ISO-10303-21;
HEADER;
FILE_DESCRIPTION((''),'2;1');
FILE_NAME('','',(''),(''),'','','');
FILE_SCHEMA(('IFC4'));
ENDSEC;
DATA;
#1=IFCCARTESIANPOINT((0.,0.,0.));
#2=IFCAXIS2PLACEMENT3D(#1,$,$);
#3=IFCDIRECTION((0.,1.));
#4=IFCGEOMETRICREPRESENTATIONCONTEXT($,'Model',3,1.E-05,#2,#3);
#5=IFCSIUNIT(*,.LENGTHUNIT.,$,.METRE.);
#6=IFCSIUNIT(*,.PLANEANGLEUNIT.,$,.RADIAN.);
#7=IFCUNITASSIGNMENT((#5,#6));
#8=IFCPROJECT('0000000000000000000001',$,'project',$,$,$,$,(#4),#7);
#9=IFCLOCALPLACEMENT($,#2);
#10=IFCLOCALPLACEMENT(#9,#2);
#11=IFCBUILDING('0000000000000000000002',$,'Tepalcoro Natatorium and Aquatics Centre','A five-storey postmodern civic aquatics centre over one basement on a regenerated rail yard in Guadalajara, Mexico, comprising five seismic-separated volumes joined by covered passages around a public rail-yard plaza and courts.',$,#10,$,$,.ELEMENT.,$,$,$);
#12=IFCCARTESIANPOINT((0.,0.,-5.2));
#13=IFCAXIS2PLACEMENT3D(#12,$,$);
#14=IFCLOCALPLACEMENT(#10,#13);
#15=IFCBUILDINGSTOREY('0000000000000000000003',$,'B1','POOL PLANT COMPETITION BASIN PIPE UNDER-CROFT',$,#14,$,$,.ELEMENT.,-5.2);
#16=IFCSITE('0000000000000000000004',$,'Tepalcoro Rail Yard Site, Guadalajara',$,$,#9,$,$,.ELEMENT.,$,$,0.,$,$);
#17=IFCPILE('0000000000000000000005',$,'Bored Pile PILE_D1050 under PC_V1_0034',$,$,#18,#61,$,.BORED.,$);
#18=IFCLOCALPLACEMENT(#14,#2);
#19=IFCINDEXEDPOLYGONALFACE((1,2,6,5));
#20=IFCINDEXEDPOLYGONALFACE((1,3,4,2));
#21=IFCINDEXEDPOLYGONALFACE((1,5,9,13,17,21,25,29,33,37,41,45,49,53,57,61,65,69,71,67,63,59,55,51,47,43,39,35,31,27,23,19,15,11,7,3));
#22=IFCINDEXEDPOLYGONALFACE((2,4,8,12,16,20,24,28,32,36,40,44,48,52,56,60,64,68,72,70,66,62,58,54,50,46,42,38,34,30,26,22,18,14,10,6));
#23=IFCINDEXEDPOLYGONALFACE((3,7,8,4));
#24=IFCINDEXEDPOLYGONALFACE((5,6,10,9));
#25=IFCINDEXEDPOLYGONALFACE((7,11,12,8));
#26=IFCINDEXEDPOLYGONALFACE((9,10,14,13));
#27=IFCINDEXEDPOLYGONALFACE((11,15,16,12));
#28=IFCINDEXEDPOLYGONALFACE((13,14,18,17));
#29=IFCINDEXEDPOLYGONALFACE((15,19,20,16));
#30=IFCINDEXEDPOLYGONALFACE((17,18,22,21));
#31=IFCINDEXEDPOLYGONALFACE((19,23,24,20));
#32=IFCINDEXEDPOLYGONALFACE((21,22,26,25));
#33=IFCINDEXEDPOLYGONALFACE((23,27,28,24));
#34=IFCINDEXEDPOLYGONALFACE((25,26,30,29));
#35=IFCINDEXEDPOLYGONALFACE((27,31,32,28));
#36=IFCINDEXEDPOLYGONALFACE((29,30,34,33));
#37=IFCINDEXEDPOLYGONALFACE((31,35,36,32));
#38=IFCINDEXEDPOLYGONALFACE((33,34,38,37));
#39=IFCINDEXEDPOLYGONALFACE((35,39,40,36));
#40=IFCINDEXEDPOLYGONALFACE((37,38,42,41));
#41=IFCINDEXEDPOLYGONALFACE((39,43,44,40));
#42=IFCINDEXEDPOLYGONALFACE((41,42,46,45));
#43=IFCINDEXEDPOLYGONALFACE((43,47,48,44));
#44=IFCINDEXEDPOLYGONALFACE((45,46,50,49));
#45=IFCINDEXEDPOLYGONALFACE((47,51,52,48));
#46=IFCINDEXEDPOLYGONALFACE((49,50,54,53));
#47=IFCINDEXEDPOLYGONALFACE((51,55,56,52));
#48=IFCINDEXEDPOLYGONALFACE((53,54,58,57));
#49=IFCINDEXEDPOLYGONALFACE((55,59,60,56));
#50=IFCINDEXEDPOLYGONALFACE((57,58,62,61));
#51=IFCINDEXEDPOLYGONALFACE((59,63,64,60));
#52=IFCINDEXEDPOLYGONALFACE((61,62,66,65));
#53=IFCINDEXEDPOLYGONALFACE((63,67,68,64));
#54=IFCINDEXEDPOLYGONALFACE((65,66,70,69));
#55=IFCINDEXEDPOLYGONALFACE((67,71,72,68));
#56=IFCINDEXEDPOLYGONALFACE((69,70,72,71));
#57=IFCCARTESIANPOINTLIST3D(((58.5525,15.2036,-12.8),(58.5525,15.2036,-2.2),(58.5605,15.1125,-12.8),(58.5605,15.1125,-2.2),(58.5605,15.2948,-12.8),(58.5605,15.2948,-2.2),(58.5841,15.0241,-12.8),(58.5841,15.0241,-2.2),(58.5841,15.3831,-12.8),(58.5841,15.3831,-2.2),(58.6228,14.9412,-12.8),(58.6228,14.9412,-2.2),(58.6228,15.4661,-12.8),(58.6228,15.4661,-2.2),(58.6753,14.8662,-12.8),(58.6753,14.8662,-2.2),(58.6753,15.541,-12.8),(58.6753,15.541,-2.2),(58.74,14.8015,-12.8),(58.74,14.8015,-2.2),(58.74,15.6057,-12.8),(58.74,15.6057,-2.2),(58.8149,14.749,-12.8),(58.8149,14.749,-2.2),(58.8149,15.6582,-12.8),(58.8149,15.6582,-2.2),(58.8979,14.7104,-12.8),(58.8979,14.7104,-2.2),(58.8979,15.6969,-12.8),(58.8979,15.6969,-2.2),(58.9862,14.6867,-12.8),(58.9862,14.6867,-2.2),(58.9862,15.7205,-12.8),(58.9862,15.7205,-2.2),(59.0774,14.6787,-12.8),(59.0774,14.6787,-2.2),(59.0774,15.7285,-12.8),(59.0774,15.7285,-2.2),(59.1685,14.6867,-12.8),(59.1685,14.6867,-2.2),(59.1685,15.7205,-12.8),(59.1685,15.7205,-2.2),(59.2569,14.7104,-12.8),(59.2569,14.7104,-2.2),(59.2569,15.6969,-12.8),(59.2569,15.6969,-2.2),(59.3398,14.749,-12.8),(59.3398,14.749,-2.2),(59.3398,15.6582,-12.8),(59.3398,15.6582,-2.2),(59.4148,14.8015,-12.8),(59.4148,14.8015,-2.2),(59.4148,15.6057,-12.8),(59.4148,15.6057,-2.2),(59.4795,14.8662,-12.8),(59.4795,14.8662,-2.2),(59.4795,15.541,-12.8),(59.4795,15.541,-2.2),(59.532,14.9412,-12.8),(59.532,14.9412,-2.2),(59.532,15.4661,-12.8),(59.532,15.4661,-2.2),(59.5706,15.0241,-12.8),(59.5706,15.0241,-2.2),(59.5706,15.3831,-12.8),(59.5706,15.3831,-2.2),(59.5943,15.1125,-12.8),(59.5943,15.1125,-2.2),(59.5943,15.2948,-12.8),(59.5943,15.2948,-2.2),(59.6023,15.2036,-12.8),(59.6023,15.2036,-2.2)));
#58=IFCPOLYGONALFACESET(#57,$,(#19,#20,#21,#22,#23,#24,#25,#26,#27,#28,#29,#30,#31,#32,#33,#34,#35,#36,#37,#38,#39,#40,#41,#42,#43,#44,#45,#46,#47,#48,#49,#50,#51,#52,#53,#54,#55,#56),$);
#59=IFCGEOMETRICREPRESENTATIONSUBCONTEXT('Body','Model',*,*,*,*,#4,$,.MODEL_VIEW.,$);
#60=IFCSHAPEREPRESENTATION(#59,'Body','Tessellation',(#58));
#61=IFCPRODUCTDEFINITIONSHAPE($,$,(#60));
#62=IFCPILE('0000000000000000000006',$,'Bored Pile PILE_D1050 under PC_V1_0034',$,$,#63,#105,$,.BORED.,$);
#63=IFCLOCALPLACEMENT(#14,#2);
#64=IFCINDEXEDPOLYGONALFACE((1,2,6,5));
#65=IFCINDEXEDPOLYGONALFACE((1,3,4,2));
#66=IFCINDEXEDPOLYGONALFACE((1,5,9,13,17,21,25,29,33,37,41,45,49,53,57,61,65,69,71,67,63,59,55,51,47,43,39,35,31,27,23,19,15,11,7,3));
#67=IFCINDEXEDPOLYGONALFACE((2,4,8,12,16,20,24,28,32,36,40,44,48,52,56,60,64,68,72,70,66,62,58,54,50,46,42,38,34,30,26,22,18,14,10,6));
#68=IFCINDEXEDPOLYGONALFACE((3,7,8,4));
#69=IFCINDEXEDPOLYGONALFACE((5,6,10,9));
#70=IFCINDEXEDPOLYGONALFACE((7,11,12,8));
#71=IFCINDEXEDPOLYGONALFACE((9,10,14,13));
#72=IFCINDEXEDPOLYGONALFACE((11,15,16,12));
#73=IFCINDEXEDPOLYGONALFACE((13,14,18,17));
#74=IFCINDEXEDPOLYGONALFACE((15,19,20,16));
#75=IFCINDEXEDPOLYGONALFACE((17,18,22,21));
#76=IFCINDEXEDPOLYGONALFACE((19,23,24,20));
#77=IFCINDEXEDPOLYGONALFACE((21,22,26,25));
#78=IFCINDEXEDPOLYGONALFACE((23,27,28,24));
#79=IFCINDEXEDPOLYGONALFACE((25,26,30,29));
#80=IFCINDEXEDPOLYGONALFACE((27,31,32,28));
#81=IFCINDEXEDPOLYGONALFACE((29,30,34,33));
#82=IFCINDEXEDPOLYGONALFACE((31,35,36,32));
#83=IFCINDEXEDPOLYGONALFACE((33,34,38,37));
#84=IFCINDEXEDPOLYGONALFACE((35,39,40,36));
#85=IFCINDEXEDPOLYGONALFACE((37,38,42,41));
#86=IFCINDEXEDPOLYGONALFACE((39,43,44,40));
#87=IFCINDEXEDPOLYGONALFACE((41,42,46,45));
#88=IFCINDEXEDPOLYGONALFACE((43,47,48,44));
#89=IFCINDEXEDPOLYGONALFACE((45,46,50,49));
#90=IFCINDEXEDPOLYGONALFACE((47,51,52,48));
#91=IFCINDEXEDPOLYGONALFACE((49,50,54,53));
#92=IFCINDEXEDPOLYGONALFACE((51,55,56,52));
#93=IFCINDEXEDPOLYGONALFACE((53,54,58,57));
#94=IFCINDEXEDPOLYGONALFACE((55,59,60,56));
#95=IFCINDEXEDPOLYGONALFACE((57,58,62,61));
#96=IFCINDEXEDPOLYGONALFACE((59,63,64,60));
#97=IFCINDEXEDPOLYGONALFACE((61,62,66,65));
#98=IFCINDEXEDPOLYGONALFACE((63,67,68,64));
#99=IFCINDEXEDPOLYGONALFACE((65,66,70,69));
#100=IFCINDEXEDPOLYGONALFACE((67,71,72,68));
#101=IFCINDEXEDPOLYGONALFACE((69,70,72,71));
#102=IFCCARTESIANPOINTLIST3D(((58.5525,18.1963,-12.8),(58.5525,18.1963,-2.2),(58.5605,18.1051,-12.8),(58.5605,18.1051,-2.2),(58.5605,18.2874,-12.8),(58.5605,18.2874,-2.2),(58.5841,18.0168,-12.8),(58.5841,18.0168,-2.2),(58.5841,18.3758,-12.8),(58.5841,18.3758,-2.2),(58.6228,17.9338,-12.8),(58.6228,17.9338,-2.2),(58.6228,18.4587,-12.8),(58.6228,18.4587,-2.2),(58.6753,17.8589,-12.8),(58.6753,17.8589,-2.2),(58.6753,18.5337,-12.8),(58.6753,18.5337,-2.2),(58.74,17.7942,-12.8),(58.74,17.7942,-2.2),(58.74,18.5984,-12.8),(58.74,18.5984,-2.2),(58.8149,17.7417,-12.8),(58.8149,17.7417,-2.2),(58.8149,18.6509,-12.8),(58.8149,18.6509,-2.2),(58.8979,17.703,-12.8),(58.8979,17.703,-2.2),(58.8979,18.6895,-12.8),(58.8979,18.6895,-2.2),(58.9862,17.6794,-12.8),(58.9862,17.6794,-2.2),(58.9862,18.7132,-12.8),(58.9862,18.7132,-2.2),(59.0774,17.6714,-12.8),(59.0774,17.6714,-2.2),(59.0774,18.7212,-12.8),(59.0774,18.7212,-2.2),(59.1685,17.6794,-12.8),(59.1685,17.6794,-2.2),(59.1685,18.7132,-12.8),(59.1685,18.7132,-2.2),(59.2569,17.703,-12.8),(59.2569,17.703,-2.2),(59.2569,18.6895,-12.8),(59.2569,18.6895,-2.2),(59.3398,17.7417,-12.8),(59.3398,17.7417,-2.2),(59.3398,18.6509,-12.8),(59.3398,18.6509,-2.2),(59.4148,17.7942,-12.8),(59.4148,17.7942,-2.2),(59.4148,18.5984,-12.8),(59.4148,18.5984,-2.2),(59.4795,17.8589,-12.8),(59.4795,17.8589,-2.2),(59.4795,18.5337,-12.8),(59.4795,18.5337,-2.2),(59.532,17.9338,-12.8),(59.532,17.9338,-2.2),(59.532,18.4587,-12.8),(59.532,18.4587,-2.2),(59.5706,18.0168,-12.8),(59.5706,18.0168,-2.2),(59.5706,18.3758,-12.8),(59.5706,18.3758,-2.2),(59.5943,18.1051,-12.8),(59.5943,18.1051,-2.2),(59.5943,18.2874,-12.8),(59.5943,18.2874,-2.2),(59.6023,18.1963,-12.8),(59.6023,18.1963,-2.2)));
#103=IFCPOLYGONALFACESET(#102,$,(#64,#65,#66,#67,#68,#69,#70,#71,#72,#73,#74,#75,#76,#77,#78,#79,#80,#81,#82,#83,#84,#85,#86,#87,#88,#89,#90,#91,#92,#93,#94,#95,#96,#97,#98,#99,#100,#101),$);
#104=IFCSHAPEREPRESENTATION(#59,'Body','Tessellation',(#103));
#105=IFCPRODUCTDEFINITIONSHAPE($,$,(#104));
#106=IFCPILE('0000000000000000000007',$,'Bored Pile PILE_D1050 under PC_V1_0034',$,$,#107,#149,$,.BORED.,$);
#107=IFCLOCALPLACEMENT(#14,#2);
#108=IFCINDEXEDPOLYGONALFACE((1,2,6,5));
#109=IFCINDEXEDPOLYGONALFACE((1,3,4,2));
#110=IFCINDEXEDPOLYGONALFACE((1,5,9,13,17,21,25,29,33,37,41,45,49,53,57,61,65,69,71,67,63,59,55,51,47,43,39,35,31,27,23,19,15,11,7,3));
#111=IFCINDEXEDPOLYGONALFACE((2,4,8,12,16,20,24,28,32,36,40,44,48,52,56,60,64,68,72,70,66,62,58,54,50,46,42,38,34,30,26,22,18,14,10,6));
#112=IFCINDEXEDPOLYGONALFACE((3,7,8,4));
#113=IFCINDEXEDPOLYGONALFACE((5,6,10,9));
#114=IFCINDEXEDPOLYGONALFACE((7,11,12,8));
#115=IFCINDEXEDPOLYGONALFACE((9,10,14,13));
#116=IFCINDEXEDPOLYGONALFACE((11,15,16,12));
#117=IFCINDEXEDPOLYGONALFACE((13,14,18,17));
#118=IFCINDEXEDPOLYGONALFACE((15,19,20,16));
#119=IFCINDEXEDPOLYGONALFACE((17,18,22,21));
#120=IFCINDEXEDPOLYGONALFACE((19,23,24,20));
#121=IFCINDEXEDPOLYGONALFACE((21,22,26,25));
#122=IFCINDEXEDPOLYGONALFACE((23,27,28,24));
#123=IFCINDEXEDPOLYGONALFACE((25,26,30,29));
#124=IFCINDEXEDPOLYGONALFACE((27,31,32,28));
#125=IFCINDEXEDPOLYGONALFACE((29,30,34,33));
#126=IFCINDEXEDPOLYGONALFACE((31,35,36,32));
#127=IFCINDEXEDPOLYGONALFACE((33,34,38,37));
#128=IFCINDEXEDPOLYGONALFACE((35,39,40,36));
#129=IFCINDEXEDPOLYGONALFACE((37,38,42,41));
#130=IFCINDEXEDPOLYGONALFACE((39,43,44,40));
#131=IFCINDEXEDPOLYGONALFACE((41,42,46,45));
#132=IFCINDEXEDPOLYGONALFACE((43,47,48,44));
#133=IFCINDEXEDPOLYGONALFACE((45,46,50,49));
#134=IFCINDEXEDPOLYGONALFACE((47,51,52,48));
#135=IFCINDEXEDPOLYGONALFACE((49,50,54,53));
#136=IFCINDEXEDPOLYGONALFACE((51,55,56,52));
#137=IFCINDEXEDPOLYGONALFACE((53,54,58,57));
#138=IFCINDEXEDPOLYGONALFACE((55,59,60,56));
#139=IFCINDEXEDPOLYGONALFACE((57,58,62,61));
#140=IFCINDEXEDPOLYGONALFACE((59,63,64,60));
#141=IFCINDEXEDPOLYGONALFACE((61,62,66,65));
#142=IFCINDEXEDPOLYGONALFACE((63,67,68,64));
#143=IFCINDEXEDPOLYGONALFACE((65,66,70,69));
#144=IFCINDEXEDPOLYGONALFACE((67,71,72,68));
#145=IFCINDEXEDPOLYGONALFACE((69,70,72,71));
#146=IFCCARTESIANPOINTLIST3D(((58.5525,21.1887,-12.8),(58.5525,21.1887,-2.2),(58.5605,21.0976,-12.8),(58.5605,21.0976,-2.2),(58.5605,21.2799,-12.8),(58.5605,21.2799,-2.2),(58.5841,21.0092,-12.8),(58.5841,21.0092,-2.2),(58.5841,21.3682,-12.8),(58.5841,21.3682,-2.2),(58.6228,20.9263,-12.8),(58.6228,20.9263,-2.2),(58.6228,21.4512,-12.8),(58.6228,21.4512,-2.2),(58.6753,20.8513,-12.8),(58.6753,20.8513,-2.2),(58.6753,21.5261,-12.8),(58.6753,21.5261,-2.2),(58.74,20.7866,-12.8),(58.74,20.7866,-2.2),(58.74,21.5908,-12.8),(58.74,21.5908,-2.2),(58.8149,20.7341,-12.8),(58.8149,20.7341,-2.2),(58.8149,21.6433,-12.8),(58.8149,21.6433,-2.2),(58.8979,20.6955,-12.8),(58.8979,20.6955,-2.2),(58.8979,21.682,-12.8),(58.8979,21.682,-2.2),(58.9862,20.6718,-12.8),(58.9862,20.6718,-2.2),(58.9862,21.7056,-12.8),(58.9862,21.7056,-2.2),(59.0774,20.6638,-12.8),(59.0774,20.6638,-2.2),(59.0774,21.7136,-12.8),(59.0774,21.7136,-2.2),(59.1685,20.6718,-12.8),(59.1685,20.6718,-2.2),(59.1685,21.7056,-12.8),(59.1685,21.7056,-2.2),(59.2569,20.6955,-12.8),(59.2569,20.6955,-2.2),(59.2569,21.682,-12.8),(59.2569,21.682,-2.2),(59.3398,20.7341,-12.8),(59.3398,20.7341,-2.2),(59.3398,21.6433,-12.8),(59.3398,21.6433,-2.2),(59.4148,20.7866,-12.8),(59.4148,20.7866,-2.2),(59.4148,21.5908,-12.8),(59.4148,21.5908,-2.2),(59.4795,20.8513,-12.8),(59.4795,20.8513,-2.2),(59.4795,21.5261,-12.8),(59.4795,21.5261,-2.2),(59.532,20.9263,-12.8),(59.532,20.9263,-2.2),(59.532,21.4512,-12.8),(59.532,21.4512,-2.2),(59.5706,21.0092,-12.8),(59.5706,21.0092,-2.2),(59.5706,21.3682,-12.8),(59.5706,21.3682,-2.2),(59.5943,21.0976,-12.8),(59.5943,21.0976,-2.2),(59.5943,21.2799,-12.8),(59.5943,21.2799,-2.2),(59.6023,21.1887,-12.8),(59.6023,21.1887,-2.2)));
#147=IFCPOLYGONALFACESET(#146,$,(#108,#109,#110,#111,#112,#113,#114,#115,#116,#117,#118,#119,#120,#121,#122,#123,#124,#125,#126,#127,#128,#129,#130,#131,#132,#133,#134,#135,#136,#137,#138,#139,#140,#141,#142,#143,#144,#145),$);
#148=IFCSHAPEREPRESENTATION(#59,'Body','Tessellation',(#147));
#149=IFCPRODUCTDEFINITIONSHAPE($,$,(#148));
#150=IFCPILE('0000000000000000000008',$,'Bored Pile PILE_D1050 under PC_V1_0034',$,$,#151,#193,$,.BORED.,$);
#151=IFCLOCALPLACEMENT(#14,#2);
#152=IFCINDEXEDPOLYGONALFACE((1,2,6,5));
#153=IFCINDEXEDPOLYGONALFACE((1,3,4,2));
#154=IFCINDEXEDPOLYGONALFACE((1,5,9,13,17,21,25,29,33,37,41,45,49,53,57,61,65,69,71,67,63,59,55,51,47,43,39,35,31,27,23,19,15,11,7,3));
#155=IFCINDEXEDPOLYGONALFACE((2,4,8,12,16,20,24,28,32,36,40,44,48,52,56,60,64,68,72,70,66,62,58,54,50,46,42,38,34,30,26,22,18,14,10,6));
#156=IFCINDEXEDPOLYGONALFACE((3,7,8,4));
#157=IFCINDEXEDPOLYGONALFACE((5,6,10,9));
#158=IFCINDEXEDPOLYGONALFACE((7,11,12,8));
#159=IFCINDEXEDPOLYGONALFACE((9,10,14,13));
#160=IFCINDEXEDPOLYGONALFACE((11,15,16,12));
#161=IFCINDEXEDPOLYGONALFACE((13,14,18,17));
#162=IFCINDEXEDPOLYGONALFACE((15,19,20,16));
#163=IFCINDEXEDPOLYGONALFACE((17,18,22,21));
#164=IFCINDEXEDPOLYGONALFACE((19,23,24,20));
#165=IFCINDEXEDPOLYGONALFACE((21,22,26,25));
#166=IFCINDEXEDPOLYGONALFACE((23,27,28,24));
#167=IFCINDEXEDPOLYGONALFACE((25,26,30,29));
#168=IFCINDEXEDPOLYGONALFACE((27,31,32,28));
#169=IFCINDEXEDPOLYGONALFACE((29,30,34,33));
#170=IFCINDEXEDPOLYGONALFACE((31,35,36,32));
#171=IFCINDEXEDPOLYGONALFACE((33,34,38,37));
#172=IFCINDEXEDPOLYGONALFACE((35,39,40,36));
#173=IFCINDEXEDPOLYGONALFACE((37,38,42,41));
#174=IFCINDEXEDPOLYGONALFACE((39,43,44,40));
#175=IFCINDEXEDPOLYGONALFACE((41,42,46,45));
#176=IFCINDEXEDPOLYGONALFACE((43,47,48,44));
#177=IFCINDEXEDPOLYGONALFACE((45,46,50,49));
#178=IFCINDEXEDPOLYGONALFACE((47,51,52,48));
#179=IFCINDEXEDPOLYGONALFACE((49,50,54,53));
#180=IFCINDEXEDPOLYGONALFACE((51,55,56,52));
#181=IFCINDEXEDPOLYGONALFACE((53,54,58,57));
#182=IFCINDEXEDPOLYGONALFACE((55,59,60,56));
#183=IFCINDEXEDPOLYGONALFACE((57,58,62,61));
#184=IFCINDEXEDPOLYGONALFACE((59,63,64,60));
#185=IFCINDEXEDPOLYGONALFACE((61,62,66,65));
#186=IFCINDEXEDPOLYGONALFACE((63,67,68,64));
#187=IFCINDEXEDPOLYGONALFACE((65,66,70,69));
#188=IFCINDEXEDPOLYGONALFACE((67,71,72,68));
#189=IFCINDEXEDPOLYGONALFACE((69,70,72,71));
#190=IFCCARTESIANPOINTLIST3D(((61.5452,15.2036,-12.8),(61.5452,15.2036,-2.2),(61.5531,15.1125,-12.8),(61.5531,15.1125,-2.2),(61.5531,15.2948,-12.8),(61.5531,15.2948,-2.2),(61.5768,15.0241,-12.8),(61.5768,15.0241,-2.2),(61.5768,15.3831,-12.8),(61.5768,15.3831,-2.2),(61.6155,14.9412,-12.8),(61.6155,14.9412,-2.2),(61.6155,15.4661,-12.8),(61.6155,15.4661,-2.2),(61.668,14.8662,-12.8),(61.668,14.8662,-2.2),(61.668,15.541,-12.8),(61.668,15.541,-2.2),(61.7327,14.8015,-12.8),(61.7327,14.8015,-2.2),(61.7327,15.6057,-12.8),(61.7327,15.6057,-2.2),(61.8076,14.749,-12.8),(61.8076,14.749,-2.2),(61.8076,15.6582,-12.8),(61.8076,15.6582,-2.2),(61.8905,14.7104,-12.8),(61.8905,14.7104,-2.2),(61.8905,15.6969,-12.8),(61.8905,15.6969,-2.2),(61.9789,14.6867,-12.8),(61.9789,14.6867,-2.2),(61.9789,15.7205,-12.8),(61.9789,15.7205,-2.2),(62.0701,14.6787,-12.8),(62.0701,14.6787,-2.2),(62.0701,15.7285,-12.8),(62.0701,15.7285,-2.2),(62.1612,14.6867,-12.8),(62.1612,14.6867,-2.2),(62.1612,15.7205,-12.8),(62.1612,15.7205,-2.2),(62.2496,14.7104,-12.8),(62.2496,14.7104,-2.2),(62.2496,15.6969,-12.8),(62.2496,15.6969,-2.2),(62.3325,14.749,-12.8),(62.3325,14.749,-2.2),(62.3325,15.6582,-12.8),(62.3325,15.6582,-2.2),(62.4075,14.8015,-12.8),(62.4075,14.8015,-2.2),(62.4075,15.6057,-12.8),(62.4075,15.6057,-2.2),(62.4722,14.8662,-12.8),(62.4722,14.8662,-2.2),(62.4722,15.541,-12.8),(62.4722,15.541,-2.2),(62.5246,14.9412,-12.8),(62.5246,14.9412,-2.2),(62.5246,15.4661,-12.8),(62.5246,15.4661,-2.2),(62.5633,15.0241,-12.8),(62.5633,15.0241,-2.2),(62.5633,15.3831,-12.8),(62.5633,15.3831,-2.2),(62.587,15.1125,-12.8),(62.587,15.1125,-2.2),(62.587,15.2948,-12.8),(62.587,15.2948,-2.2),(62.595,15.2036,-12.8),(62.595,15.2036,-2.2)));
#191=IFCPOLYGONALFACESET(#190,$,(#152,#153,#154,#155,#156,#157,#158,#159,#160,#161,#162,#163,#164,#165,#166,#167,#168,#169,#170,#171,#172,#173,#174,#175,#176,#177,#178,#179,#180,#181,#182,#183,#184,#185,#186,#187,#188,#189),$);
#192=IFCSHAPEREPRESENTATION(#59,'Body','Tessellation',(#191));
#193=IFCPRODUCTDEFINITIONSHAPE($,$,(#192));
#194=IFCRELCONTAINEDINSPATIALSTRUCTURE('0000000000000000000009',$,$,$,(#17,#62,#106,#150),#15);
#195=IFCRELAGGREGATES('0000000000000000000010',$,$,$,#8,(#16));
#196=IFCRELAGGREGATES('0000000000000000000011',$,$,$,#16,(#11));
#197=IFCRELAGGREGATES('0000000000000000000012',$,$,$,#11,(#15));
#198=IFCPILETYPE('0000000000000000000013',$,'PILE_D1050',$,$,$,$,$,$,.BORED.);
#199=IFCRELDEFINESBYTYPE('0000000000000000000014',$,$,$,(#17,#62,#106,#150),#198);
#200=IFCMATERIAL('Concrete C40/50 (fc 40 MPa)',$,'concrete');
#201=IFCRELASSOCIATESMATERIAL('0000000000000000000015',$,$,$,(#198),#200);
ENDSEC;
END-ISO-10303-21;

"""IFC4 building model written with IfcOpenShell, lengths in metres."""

from ifc_helpers import new_model, si_unit, direction, frame, origin, origin_2d, place, context, subcontext, project, spatial, circle, extrude, material, material_profile, profile_set, type_object, element, save


model = new_model("IFC4")

# Units and contexts
model_context = context("Model", 3, precision=1e-05, world=origin(), true_north=direction((0.0, 1.0)))
body_context = subcontext(model_context, "Body", "Model", "MODEL_VIEW")
ifc_project = project(units=[si_unit("LENGTHUNIT", "METRE"), si_unit("PLANEANGLEUNIT", "RADIAN")], contexts=[model_context])

# Site, building, storey
site_placement = place(None, origin())
site = spatial("IfcSite", under=ifc_project, at=site_placement, Name="Tepalcoro Rail Yard Site, Guadalajara", CompositionType="ELEMENT", RefElevation=0.0)
building_placement = place(site_placement, origin())
building = spatial("IfcBuilding", under=site, at=building_placement, Name="Tepalcoro Natatorium and Aquatics Centre", Description="A five-storey postmodern civic aquatics centre over one basement on a regenerated rail yard in Guadalajara, Mexico, comprising five seismic-separated volumes joined by covered passages around a public rail-yard plaza and courts.", CompositionType="ELEMENT")
storey_placement = place(building_placement, frame((0.0, 0.0, -5.2)))
storey = spatial("IfcBuildingStorey", under=building, at=storey_placement, Name="B1", Description="POOL PLANT COMPETITION BASIN PIPE UNDER-CROFT", CompositionType="ELEMENT", Elevation=-5.2)

# Piles
ifc_material_1 = material(Name="Concrete C40/50 (fc 40 MPa)", Category="concrete")
ifc_material_profile_1 = material_profile(ifc_material_1, circle(Radius=0.5249, at=origin_2d()), Name="PILE_D1050")
ifc_profile_set_1 = profile_set([ifc_material_profile_1], Name="Concrete C40/50 (fc 40 MPa)")
pile_type_1 = type_object("IfcPileType", Name="PILE_D1050", PredefinedType="BORED", material=ifc_profile_set_1)
for number, where, z_axis, x_axis, name in (
    (1, (59.0774, 15.2036, -2.2), (0.0, 0.0, -1.0), (1.0, 0.0, 0.0), "Bored Pile PILE_D1050 under PC_V1_0034"),
    (2, (59.0774, 18.1963, -2.2), (0.0, 0.0, -1.0), (1.0, 0.0, 0.0), "Bored Pile PILE_D1050 under PC_V1_0034"),
    (3, (59.0774, 21.1887, -2.2), (0.0, 0.0, -1.0), (1.0, 0.0, 0.0), "Bored Pile PILE_D1050 under PC_V1_0034"),
    (4, (62.0701, 15.2036, -2.2), (0.0, 0.0, -1.0), (1.0, 0.0, 0.0), "Bored Pile PILE_D1050 under PC_V1_0034"),
):
    element("IfcPile", number, at=place(storey_placement, frame(where, z_axis=z_axis, x_axis=x_axis)), inside=storey, type_object=pile_type_1, Name=name, PredefinedType="BORED", context=body_context, shape_type="SweptSolid", body=[
        extrude(circle(Radius=0.5249, at=origin_2d()), origin(), (0.0, 0.0, 1.0), 10.6001),
    ])

save(model, "model.ifc")
